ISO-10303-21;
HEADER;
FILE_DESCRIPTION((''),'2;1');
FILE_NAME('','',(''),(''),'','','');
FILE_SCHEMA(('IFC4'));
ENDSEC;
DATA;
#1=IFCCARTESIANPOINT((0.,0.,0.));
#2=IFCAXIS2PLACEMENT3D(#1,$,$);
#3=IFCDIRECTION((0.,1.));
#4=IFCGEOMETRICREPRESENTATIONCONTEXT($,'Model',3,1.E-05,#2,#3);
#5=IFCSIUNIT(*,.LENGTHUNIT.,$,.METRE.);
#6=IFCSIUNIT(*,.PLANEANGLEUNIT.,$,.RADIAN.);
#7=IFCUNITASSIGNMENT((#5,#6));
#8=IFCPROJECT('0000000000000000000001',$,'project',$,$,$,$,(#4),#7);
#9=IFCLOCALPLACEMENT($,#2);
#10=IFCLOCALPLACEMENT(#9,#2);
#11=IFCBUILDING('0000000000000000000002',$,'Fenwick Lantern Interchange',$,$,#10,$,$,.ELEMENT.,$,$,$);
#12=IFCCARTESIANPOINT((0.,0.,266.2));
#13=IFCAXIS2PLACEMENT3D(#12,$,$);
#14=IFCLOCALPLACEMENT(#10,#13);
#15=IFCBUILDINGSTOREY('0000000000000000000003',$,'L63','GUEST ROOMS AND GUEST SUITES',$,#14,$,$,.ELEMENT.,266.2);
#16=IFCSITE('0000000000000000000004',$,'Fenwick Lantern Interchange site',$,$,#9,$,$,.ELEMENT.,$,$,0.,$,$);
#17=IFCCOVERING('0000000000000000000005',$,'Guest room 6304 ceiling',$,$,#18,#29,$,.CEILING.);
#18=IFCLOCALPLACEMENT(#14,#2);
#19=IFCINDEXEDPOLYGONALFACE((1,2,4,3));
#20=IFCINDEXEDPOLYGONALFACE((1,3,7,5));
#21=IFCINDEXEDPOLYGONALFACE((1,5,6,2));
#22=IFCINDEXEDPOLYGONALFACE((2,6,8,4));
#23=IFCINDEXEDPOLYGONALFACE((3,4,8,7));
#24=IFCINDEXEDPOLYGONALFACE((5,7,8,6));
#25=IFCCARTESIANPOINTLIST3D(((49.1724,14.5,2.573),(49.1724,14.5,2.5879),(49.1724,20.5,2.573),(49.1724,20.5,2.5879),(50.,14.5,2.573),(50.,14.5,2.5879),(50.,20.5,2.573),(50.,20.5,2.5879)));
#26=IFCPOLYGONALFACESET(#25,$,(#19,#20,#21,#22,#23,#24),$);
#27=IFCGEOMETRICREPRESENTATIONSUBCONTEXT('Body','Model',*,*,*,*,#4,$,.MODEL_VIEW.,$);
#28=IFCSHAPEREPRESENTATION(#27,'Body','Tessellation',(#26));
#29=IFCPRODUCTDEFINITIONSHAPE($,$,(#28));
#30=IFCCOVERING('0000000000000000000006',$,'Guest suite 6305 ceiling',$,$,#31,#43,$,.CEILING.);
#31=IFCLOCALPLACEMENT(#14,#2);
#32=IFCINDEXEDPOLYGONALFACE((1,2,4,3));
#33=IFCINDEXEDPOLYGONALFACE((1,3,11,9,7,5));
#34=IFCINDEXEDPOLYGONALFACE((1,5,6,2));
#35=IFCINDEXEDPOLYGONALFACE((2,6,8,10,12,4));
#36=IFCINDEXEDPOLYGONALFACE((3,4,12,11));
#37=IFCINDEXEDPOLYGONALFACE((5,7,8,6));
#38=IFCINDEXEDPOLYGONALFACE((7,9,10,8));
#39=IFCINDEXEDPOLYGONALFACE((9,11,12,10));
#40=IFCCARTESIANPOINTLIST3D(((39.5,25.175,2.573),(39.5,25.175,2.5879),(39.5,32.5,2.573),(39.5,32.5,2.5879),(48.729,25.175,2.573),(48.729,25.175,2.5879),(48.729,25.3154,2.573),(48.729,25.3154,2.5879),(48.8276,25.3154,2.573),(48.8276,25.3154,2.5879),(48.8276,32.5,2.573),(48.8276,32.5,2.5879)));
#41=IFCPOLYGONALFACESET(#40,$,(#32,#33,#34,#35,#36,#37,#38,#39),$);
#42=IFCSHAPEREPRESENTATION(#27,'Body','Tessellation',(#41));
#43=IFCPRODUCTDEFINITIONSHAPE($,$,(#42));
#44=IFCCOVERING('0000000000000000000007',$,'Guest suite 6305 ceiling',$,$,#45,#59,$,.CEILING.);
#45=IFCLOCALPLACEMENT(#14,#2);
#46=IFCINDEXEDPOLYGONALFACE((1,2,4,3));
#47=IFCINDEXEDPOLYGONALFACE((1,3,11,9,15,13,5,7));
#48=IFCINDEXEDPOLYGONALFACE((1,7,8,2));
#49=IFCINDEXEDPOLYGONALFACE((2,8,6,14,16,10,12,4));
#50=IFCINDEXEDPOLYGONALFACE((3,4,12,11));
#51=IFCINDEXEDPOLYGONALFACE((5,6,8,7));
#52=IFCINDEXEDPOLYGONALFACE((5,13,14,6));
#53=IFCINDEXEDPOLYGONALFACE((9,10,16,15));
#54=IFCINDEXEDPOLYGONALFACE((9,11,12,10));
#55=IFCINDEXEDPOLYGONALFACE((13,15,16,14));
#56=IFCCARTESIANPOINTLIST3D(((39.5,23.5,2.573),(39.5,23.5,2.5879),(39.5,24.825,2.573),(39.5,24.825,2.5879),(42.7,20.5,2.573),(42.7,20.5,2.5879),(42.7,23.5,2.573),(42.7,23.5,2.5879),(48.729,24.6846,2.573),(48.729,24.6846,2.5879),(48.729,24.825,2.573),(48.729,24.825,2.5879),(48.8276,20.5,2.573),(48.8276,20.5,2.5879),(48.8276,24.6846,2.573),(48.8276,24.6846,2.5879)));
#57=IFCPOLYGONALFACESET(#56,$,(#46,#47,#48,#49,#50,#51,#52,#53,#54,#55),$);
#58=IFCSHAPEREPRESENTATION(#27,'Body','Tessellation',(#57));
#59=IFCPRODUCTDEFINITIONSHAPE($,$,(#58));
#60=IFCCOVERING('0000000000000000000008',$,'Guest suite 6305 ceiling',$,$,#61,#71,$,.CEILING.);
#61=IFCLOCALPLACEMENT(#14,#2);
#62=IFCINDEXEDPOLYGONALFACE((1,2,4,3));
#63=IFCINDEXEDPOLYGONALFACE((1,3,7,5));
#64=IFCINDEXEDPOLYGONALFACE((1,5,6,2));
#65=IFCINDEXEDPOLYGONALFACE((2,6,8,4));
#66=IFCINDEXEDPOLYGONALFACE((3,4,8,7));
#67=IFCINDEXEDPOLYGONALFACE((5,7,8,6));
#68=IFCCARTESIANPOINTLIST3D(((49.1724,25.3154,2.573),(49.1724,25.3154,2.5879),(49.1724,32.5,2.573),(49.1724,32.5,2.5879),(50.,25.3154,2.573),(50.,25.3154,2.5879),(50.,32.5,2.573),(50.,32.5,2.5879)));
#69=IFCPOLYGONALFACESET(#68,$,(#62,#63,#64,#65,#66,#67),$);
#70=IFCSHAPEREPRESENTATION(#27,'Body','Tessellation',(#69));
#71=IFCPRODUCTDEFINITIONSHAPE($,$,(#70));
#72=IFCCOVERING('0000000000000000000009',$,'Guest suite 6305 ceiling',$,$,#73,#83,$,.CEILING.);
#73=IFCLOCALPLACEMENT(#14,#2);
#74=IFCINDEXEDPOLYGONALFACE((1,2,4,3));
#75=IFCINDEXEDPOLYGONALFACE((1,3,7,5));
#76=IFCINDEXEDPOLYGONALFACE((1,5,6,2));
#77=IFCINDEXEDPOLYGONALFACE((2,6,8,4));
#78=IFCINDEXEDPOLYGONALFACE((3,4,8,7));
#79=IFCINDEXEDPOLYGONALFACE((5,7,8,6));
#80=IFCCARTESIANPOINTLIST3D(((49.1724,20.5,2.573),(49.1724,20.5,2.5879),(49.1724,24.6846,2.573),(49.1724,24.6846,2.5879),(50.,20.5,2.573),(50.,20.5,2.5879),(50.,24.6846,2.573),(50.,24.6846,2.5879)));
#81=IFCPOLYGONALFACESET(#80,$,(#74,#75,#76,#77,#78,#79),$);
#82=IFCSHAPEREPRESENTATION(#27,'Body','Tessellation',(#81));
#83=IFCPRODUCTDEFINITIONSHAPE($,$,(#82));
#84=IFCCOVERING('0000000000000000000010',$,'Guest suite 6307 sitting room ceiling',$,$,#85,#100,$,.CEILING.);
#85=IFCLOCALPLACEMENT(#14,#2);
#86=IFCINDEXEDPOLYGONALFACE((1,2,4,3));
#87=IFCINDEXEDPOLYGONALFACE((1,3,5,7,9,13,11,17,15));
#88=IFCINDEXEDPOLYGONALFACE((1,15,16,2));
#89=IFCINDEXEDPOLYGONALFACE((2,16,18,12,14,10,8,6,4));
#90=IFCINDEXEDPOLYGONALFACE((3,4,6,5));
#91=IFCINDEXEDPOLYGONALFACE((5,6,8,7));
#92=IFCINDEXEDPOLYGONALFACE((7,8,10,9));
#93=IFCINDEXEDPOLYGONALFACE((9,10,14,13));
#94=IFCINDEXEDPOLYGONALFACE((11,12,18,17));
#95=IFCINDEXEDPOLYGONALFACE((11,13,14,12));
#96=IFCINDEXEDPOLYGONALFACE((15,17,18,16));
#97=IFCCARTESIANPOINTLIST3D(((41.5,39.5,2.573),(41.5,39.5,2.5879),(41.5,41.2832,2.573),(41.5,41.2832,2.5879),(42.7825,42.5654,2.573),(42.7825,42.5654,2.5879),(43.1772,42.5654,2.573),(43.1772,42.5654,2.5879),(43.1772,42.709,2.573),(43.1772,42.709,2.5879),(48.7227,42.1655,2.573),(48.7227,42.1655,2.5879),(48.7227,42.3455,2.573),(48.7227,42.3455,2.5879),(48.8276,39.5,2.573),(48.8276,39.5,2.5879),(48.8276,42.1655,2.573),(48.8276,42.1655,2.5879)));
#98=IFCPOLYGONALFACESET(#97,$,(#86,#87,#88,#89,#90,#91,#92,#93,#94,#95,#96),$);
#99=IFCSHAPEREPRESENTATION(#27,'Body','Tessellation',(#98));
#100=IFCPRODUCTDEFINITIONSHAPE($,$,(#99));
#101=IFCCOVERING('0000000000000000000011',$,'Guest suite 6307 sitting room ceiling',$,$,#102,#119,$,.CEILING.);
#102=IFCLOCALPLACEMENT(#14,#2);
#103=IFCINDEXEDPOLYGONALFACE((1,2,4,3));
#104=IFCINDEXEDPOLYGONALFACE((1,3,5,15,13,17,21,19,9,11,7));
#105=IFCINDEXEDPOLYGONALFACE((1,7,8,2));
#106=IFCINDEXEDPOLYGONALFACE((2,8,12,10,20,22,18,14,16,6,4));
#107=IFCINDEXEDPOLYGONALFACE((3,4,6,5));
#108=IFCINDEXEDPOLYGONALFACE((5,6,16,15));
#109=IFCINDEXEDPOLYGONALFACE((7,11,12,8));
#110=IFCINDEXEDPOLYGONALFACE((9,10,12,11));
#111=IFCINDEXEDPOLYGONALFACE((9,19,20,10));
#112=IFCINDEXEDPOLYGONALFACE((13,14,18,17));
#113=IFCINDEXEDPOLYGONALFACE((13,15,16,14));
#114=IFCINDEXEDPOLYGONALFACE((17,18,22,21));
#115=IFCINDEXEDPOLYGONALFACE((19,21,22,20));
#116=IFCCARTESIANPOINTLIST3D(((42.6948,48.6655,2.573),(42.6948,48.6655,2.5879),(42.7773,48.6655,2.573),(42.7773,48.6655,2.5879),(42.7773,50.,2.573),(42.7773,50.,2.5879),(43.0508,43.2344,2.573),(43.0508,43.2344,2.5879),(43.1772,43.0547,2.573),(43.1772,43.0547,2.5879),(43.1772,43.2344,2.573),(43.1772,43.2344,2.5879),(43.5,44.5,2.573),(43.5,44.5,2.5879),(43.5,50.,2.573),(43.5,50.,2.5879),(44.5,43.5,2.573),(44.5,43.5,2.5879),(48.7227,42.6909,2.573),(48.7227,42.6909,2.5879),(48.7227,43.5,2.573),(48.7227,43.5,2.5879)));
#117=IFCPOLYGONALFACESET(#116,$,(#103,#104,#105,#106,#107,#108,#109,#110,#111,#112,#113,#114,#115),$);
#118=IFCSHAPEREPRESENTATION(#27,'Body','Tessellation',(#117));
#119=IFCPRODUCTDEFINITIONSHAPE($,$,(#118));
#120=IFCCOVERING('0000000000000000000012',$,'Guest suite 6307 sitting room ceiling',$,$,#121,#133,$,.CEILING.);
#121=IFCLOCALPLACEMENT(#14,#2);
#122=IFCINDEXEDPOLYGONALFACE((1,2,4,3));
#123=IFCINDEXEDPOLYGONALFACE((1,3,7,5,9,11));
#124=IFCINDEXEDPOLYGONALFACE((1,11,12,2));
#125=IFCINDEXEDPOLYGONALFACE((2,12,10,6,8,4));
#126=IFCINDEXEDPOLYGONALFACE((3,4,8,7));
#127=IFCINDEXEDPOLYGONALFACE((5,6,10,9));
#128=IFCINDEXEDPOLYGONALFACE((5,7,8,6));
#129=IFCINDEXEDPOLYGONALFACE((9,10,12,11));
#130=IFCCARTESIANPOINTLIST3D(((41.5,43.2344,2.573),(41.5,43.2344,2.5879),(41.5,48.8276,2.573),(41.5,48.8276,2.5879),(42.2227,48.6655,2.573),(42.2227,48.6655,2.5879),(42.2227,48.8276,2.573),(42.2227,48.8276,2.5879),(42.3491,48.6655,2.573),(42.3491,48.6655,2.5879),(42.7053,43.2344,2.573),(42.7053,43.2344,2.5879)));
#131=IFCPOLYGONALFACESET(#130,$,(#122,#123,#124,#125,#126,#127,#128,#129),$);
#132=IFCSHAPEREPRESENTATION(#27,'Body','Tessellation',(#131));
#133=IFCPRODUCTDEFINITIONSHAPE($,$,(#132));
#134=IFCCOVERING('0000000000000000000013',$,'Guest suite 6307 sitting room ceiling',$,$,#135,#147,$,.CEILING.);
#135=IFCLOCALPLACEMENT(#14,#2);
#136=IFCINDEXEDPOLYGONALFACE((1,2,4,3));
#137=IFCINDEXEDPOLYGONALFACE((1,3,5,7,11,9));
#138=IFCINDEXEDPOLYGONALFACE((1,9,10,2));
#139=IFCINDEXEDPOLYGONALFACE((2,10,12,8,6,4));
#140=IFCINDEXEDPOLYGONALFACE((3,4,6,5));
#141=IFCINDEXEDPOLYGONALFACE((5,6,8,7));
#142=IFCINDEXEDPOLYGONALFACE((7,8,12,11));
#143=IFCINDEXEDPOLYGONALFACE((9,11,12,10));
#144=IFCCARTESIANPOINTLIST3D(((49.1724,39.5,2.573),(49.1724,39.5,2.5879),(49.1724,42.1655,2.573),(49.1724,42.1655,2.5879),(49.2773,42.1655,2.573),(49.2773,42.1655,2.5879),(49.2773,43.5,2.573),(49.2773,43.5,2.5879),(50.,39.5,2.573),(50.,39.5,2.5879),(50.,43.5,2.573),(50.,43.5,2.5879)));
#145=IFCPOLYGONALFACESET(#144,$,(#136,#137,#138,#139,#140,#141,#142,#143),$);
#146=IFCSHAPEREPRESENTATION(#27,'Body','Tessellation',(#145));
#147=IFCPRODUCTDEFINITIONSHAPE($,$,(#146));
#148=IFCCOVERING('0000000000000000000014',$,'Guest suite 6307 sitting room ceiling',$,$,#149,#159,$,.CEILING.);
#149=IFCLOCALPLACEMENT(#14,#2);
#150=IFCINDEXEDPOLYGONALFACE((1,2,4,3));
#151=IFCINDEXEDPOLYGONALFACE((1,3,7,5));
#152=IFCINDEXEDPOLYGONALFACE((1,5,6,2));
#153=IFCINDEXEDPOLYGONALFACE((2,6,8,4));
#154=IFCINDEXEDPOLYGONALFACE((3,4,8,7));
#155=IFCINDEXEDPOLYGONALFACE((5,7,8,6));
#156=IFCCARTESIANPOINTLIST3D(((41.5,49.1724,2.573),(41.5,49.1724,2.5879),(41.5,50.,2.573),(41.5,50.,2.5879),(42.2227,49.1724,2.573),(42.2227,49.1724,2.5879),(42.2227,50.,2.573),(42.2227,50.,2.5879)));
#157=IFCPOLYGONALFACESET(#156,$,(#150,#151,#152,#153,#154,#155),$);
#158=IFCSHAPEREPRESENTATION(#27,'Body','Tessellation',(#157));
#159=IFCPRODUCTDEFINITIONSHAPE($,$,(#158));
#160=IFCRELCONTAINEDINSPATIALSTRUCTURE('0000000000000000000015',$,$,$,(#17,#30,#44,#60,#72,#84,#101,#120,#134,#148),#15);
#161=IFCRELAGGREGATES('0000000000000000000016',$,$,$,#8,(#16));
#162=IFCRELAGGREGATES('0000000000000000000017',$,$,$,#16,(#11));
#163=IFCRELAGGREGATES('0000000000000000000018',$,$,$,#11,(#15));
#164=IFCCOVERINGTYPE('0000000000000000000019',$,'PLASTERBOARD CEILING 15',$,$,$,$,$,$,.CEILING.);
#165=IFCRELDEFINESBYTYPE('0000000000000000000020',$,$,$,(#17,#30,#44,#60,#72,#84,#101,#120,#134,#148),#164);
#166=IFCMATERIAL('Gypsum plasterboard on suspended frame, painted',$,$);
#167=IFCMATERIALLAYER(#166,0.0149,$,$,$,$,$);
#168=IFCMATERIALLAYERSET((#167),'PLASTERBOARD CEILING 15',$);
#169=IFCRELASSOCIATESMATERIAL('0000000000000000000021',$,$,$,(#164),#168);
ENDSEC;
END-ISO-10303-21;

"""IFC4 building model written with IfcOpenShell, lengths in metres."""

from ifc_helpers import new_model, si_unit, direction, frame, origin, place, context, subcontext, project, spatial, polyline, outline, extrude, material, layer, layer_set, type_object, element, save


model = new_model("IFC4")

# Units and contexts
model_context = context("Model", 3, precision=1e-05, world=origin(), true_north=direction((0.0, 1.0)))
body_context = subcontext(model_context, "Body", "Model", "MODEL_VIEW")
ifc_project = project(units=[si_unit("LENGTHUNIT", "METRE"), si_unit("PLANEANGLEUNIT", "RADIAN")], contexts=[model_context])

# Site, building, storey
site_placement = place(None, origin())
site = spatial("IfcSite", under=ifc_project, at=site_placement, Name="Fenwick Lantern Interchange site", CompositionType="ELEMENT", RefElevation=0.0)
building_placement = place(site_placement, origin())
building = spatial("IfcBuilding", under=site, at=building_placement, Name="Fenwick Lantern Interchange", CompositionType="ELEMENT")
storey_placement = place(building_placement, frame((0.0, 0.0, 266.2)))
storey = spatial("IfcBuildingStorey", under=building, at=storey_placement, Name="L63", Description="GUEST ROOMS AND GUEST SUITES", CompositionType="ELEMENT", Elevation=266.2)

# Coverings
ifc_material_1 = material(Name="Gypsum plasterboard on suspended frame, painted")
ifc_layer_1 = layer(ifc_material_1, 0.0149)
ifc_layer_set_1 = layer_set([ifc_layer_1], Name="PLASTERBOARD CEILING 15")
covering_type_1 = type_object("IfcCoveringType", Name="PLASTERBOARD CEILING 15", PredefinedType="CEILING", material=ifc_layer_set_1)
covering_1_placement = place(storey_placement, frame((0.0, 0.0, 2.573)))
element("IfcCovering", 1, at=covering_1_placement, inside=storey, type_object=covering_type_1, Name="Guest room 6304 ceiling", PredefinedType="CEILING", context=body_context, shape_type="SweptSolid", body=[
    extrude(outline(polyline([(50.0, 20.5), (49.1724, 20.5), (49.1724, 14.5), (50.0, 14.5), (50.0, 20.5)])), origin(), (0.0, 0.0, 1.0), 0.0149),
])
covering_2_placement = place(storey_placement, frame((0.0, 0.0, 2.573)))
element("IfcCovering", 2, at=covering_2_placement, inside=storey, type_object=covering_type_1, Name="Guest suite 6305 ceiling", PredefinedType="CEILING", context=body_context, shape_type="SweptSolid", body=[
    extrude(outline(polyline([(48.729, 25.3154), (48.8276, 25.3154), (48.8276, 32.5), (39.5, 32.5), (39.5, 25.175), (48.729, 25.175), (48.729, 25.3154)])), origin(), (0.0, 0.0, 1.0), 0.0149),
])
covering_3_placement = place(storey_placement, frame((0.0, 0.0, 2.573)))
element("IfcCovering", 3, at=covering_3_placement, inside=storey, type_object=covering_type_1, Name="Guest suite 6305 ceiling", PredefinedType="CEILING", context=body_context, shape_type="SweptSolid", body=[
    extrude(outline(polyline([(48.729, 24.6846), (48.729, 24.825), (39.5, 24.825), (39.5, 23.5), (42.7, 23.5), (42.7, 20.5), (48.8276, 20.5), (48.8276, 24.6846), (48.729, 24.6846)])), origin(), (0.0, 0.0, 1.0), 0.0149),
])
covering_4_placement = place(storey_placement, frame((0.0, 0.0, 2.573)))
element("IfcCovering", 4, at=covering_4_placement, inside=storey, type_object=covering_type_1, Name="Guest suite 6305 ceiling", PredefinedType="CEILING", context=body_context, shape_type="SweptSolid", body=[
    extrude(outline(polyline([(50.0, 25.3154), (50.0, 32.5), (49.1724, 32.5), (49.1724, 25.3154), (50.0, 25.3154)])), origin(), (0.0, 0.0, 1.0), 0.0149),
])
covering_5_placement = place(storey_placement, frame((0.0, 0.0, 2.573)))
element("IfcCovering", 5, at=covering_5_placement, inside=storey, type_object=covering_type_1, Name="Guest suite 6305 ceiling", PredefinedType="CEILING", context=body_context, shape_type="SweptSolid", body=[
    extrude(outline(polyline([(50.0, 24.6846), (49.1724, 24.6846), (49.1724, 20.5), (50.0, 20.5), (50.0, 24.6846)])), origin(), (0.0, 0.0, 1.0), 0.0149),
])
covering_6_placement = place(storey_placement, frame((0.0, 0.0, 2.573)))
element("IfcCovering", 6, at=covering_6_placement, inside=storey, type_object=covering_type_1, Name="Guest suite 6307 sitting room ceiling", PredefinedType="CEILING", context=body_context, shape_type="SweptSolid", body=[
    extrude(outline(polyline([(48.8276, 42.1655), (48.7227, 42.1655), (48.7227, 42.3455), (43.1772, 42.709), (43.1772, 42.5654), (42.7825, 42.5654), (41.5, 41.2832), (41.5, 39.5), (48.8276, 39.5), (48.8276, 42.1655)])), origin(), (0.0, 0.0, 1.0), 0.0149),
])
covering_7_placement = place(storey_placement, frame((0.0, 0.0, 2.573)))
element("IfcCovering", 7, at=covering_7_placement, inside=storey, type_object=covering_type_1, Name="Guest suite 6307 sitting room ceiling", PredefinedType="CEILING", context=body_context, shape_type="SweptSolid", body=[
    extrude(outline(polyline([(43.1772, 43.2344), (43.1772, 43.0547), (48.7227, 42.6909), (48.7227, 43.5), (44.5, 43.5), (43.5, 44.5), (43.5, 50.0), (42.7773, 50.0), (42.7773, 48.6655), (42.6948, 48.6655), (43.0508, 43.2344), (43.1772, 43.2344)])), origin(), (0.0, 0.0, 1.0), 0.0149),
])
covering_8_placement = place(storey_placement, frame((0.0, 0.0, 2.573)))
element("IfcCovering", 8, at=covering_8_placement, inside=storey, type_object=covering_type_1, Name="Guest suite 6307 sitting room ceiling", PredefinedType="CEILING", context=body_context, shape_type="SweptSolid", body=[
    extrude(outline(polyline([(41.5, 43.2344), (42.7053, 43.2344), (42.3491, 48.6655), (42.2227, 48.6655), (42.2227, 48.8276), (41.5, 48.8276), (41.5, 43.2344)])), origin(), (0.0, 0.0, 1.0), 0.0149),
])
covering_9_placement = place(storey_placement, frame((0.0, 0.0, 2.573)))
element("IfcCovering", 9, at=covering_9_placement, inside=storey, type_object=covering_type_1, Name="Guest suite 6307 sitting room ceiling", PredefinedType="CEILING", context=body_context, shape_type="SweptSolid", body=[
    extrude(outline(polyline([(49.2773, 42.1655), (49.1724, 42.1655), (49.1724, 39.5), (50.0, 39.5), (50.0, 43.5), (49.2773, 43.5), (49.2773, 42.1655)])), origin(), (0.0, 0.0, 1.0), 0.0149),
])
covering_10_placement = place(storey_placement, frame((0.0, 0.0, 2.573)))
element("IfcCovering", 10, at=covering_10_placement, inside=storey, type_object=covering_type_1, Name="Guest suite 6307 sitting room ceiling", PredefinedType="CEILING", context=body_context, shape_type="SweptSolid", body=[
    extrude(outline(polyline([(41.5, 50.0), (41.5, 49.1724), (42.2227, 49.1724), (42.2227, 50.0), (41.5, 50.0)])), origin(), (0.0, 0.0, 1.0), 0.0149),
])

save(model, "model.ifc")
